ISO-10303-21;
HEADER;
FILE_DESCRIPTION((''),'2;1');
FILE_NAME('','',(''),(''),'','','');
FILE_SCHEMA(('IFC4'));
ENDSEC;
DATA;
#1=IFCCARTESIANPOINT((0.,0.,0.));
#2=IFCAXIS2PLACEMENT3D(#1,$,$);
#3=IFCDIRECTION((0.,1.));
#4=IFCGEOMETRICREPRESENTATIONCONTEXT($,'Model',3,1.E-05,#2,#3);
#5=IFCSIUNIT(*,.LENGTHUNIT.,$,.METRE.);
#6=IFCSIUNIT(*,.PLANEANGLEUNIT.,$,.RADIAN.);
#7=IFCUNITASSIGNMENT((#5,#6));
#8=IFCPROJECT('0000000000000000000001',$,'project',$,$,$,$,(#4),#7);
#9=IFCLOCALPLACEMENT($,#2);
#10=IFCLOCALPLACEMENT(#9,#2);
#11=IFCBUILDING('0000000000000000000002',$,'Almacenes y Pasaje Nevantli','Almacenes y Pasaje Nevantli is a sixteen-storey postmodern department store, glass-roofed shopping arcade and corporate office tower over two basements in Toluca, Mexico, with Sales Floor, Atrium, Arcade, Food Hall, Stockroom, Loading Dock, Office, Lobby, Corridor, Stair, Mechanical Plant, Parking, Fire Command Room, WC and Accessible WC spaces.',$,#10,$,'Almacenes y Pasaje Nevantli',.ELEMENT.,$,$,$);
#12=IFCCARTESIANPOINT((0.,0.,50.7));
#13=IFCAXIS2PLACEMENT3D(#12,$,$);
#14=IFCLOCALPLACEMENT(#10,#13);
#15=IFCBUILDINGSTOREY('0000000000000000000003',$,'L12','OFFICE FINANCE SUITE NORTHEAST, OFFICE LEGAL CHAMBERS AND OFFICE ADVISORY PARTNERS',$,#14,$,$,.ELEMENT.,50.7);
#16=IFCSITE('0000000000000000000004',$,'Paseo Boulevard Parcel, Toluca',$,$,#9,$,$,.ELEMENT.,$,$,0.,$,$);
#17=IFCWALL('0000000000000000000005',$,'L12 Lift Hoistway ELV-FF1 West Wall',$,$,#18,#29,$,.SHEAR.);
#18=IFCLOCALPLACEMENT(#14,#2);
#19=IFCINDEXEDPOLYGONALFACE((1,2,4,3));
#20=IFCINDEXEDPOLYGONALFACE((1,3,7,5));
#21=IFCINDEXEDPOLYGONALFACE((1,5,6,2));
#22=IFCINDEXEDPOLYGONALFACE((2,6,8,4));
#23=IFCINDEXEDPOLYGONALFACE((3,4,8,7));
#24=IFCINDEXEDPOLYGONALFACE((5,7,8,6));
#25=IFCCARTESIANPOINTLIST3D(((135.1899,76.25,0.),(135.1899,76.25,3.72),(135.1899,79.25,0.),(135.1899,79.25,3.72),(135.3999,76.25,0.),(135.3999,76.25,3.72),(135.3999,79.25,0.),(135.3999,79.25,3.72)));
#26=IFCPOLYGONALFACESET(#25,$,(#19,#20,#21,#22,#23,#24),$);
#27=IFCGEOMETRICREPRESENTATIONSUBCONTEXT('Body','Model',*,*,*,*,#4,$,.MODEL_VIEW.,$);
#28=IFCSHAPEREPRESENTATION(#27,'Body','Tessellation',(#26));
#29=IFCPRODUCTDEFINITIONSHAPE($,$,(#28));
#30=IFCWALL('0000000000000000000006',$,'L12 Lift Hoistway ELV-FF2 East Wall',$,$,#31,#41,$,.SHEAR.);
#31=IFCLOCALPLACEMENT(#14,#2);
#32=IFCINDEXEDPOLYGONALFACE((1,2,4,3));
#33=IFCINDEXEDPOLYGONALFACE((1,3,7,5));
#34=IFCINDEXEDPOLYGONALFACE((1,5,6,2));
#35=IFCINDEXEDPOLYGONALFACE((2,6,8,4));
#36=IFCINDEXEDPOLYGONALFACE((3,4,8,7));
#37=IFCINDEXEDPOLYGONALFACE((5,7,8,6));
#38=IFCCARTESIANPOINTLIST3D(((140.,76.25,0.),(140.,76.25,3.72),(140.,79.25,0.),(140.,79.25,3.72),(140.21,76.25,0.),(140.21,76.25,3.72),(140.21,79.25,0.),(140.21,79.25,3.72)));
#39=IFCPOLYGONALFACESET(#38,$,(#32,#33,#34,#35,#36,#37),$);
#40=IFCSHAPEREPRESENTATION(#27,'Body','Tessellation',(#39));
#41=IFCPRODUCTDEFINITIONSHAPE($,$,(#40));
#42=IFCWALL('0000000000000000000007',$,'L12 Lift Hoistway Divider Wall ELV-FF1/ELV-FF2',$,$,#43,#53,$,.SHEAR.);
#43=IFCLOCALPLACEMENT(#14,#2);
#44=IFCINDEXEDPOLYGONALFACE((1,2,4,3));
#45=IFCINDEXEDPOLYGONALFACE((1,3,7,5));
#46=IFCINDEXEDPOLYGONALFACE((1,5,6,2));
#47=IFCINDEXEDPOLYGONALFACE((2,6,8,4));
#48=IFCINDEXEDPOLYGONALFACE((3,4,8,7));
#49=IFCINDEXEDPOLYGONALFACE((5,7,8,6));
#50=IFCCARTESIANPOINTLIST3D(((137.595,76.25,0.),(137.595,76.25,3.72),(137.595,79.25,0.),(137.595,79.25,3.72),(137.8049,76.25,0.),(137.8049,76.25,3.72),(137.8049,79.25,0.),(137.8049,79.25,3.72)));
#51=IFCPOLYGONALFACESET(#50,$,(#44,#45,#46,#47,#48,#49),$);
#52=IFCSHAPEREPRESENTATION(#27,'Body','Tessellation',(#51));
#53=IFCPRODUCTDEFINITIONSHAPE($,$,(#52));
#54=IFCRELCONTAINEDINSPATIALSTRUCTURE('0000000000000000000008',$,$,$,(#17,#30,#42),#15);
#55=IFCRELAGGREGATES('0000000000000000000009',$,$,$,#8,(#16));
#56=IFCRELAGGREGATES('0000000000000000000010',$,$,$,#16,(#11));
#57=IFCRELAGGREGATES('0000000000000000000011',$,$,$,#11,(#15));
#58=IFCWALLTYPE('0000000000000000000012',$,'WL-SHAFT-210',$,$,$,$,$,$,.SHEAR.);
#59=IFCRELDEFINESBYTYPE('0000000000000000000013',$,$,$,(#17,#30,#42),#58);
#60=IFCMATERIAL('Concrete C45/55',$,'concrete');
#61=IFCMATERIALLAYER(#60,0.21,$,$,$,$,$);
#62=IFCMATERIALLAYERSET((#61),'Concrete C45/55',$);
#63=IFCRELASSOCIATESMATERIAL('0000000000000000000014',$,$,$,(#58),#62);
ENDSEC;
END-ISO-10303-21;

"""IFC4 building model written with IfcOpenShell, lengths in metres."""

from ifc_helpers import new_model, si_unit, direction, frame, frame_2d, origin, place, context, subcontext, project, spatial, rectangle, extrude, material, layer, layer_set, type_object, element, save


model = new_model("IFC4")

# Units and contexts
model_context = context("Model", 3, precision=1e-05, world=origin(), true_north=direction((0.0, 1.0)))
body_context = subcontext(model_context, "Body", "Model", "MODEL_VIEW")
ifc_project = project(units=[si_unit("LENGTHUNIT", "METRE"), si_unit("PLANEANGLEUNIT", "RADIAN")], contexts=[model_context])

# Site, building, storey
site_placement = place(None, origin())
site = spatial("IfcSite", under=ifc_project, at=site_placement, Name="Paseo Boulevard Parcel, Toluca", CompositionType="ELEMENT", RefElevation=0.0)
building_placement = place(site_placement, origin())
building = spatial("IfcBuilding", under=site, at=building_placement, Name="Almacenes y Pasaje Nevantli", Description="Almacenes y Pasaje Nevantli is a sixteen-storey postmodern department store, glass-roofed shopping arcade and corporate office tower over two basements in Toluca, Mexico, with Sales Floor, Atrium, Arcade, Food Hall, Stockroom, Loading Dock, Office, Lobby, Corridor, Stair, Mechanical Plant, Parking, Fire Command Room, WC and Accessible WC spaces.", LongName="Almacenes y Pasaje Nevantli", CompositionType="ELEMENT")
storey_placement = place(building_placement, frame((0.0, 0.0, 50.7)))
storey = spatial("IfcBuildingStorey", under=building, at=storey_placement, Name="L12", Description="OFFICE FINANCE SUITE NORTHEAST, OFFICE LEGAL CHAMBERS AND OFFICE ADVISORY PARTNERS", CompositionType="ELEMENT", Elevation=50.7)

# Shared definitions
ifc_material_1 = material(Name="Concrete C45/55", Category="concrete")
ifc_layer_1 = layer(ifc_material_1, 0.21)
ifc_layer_set_1 = layer_set([ifc_layer_1], Name="Concrete C45/55")
wall_type_1 = type_object("IfcWallType", Name="WL-SHAFT-210", PredefinedType="SHEAR", material=ifc_layer_set_1)

# Walls
for number, where, z_axis, x_axis, name in (
    (1, (135.2949, 76.25, 0.0), (0.0, 0.0, 1.0), (0.0, 1.0, 0.0), "L12 Lift Hoistway ELV-FF1 West Wall"),
    (2, (140.105, 76.25, 0.0), (0.0, 0.0, 1.0), (0.0, 1.0, 0.0), "L12 Lift Hoistway ELV-FF2 East Wall"),
    (3, (137.7, 76.25, 0.0), (0.0, 0.0, 1.0), (0.0, 1.0, 0.0), "L12 Lift Hoistway Divider Wall ELV-FF1/ELV-FF2"),
):
    element("IfcWall", number, at=place(storey_placement, frame(where, z_axis=z_axis, x_axis=x_axis)), inside=storey, type_object=wall_type_1, Name=name, PredefinedType="SHEAR", context=body_context, shape_type="SweptSolid", body=[
        extrude(rectangle(XDim=3.0, YDim=0.21, at=frame_2d((1.5, 0.0))), origin(), (0.0, 0.0, 1.0), 3.72),
    ])

save(model, "model.ifc")
